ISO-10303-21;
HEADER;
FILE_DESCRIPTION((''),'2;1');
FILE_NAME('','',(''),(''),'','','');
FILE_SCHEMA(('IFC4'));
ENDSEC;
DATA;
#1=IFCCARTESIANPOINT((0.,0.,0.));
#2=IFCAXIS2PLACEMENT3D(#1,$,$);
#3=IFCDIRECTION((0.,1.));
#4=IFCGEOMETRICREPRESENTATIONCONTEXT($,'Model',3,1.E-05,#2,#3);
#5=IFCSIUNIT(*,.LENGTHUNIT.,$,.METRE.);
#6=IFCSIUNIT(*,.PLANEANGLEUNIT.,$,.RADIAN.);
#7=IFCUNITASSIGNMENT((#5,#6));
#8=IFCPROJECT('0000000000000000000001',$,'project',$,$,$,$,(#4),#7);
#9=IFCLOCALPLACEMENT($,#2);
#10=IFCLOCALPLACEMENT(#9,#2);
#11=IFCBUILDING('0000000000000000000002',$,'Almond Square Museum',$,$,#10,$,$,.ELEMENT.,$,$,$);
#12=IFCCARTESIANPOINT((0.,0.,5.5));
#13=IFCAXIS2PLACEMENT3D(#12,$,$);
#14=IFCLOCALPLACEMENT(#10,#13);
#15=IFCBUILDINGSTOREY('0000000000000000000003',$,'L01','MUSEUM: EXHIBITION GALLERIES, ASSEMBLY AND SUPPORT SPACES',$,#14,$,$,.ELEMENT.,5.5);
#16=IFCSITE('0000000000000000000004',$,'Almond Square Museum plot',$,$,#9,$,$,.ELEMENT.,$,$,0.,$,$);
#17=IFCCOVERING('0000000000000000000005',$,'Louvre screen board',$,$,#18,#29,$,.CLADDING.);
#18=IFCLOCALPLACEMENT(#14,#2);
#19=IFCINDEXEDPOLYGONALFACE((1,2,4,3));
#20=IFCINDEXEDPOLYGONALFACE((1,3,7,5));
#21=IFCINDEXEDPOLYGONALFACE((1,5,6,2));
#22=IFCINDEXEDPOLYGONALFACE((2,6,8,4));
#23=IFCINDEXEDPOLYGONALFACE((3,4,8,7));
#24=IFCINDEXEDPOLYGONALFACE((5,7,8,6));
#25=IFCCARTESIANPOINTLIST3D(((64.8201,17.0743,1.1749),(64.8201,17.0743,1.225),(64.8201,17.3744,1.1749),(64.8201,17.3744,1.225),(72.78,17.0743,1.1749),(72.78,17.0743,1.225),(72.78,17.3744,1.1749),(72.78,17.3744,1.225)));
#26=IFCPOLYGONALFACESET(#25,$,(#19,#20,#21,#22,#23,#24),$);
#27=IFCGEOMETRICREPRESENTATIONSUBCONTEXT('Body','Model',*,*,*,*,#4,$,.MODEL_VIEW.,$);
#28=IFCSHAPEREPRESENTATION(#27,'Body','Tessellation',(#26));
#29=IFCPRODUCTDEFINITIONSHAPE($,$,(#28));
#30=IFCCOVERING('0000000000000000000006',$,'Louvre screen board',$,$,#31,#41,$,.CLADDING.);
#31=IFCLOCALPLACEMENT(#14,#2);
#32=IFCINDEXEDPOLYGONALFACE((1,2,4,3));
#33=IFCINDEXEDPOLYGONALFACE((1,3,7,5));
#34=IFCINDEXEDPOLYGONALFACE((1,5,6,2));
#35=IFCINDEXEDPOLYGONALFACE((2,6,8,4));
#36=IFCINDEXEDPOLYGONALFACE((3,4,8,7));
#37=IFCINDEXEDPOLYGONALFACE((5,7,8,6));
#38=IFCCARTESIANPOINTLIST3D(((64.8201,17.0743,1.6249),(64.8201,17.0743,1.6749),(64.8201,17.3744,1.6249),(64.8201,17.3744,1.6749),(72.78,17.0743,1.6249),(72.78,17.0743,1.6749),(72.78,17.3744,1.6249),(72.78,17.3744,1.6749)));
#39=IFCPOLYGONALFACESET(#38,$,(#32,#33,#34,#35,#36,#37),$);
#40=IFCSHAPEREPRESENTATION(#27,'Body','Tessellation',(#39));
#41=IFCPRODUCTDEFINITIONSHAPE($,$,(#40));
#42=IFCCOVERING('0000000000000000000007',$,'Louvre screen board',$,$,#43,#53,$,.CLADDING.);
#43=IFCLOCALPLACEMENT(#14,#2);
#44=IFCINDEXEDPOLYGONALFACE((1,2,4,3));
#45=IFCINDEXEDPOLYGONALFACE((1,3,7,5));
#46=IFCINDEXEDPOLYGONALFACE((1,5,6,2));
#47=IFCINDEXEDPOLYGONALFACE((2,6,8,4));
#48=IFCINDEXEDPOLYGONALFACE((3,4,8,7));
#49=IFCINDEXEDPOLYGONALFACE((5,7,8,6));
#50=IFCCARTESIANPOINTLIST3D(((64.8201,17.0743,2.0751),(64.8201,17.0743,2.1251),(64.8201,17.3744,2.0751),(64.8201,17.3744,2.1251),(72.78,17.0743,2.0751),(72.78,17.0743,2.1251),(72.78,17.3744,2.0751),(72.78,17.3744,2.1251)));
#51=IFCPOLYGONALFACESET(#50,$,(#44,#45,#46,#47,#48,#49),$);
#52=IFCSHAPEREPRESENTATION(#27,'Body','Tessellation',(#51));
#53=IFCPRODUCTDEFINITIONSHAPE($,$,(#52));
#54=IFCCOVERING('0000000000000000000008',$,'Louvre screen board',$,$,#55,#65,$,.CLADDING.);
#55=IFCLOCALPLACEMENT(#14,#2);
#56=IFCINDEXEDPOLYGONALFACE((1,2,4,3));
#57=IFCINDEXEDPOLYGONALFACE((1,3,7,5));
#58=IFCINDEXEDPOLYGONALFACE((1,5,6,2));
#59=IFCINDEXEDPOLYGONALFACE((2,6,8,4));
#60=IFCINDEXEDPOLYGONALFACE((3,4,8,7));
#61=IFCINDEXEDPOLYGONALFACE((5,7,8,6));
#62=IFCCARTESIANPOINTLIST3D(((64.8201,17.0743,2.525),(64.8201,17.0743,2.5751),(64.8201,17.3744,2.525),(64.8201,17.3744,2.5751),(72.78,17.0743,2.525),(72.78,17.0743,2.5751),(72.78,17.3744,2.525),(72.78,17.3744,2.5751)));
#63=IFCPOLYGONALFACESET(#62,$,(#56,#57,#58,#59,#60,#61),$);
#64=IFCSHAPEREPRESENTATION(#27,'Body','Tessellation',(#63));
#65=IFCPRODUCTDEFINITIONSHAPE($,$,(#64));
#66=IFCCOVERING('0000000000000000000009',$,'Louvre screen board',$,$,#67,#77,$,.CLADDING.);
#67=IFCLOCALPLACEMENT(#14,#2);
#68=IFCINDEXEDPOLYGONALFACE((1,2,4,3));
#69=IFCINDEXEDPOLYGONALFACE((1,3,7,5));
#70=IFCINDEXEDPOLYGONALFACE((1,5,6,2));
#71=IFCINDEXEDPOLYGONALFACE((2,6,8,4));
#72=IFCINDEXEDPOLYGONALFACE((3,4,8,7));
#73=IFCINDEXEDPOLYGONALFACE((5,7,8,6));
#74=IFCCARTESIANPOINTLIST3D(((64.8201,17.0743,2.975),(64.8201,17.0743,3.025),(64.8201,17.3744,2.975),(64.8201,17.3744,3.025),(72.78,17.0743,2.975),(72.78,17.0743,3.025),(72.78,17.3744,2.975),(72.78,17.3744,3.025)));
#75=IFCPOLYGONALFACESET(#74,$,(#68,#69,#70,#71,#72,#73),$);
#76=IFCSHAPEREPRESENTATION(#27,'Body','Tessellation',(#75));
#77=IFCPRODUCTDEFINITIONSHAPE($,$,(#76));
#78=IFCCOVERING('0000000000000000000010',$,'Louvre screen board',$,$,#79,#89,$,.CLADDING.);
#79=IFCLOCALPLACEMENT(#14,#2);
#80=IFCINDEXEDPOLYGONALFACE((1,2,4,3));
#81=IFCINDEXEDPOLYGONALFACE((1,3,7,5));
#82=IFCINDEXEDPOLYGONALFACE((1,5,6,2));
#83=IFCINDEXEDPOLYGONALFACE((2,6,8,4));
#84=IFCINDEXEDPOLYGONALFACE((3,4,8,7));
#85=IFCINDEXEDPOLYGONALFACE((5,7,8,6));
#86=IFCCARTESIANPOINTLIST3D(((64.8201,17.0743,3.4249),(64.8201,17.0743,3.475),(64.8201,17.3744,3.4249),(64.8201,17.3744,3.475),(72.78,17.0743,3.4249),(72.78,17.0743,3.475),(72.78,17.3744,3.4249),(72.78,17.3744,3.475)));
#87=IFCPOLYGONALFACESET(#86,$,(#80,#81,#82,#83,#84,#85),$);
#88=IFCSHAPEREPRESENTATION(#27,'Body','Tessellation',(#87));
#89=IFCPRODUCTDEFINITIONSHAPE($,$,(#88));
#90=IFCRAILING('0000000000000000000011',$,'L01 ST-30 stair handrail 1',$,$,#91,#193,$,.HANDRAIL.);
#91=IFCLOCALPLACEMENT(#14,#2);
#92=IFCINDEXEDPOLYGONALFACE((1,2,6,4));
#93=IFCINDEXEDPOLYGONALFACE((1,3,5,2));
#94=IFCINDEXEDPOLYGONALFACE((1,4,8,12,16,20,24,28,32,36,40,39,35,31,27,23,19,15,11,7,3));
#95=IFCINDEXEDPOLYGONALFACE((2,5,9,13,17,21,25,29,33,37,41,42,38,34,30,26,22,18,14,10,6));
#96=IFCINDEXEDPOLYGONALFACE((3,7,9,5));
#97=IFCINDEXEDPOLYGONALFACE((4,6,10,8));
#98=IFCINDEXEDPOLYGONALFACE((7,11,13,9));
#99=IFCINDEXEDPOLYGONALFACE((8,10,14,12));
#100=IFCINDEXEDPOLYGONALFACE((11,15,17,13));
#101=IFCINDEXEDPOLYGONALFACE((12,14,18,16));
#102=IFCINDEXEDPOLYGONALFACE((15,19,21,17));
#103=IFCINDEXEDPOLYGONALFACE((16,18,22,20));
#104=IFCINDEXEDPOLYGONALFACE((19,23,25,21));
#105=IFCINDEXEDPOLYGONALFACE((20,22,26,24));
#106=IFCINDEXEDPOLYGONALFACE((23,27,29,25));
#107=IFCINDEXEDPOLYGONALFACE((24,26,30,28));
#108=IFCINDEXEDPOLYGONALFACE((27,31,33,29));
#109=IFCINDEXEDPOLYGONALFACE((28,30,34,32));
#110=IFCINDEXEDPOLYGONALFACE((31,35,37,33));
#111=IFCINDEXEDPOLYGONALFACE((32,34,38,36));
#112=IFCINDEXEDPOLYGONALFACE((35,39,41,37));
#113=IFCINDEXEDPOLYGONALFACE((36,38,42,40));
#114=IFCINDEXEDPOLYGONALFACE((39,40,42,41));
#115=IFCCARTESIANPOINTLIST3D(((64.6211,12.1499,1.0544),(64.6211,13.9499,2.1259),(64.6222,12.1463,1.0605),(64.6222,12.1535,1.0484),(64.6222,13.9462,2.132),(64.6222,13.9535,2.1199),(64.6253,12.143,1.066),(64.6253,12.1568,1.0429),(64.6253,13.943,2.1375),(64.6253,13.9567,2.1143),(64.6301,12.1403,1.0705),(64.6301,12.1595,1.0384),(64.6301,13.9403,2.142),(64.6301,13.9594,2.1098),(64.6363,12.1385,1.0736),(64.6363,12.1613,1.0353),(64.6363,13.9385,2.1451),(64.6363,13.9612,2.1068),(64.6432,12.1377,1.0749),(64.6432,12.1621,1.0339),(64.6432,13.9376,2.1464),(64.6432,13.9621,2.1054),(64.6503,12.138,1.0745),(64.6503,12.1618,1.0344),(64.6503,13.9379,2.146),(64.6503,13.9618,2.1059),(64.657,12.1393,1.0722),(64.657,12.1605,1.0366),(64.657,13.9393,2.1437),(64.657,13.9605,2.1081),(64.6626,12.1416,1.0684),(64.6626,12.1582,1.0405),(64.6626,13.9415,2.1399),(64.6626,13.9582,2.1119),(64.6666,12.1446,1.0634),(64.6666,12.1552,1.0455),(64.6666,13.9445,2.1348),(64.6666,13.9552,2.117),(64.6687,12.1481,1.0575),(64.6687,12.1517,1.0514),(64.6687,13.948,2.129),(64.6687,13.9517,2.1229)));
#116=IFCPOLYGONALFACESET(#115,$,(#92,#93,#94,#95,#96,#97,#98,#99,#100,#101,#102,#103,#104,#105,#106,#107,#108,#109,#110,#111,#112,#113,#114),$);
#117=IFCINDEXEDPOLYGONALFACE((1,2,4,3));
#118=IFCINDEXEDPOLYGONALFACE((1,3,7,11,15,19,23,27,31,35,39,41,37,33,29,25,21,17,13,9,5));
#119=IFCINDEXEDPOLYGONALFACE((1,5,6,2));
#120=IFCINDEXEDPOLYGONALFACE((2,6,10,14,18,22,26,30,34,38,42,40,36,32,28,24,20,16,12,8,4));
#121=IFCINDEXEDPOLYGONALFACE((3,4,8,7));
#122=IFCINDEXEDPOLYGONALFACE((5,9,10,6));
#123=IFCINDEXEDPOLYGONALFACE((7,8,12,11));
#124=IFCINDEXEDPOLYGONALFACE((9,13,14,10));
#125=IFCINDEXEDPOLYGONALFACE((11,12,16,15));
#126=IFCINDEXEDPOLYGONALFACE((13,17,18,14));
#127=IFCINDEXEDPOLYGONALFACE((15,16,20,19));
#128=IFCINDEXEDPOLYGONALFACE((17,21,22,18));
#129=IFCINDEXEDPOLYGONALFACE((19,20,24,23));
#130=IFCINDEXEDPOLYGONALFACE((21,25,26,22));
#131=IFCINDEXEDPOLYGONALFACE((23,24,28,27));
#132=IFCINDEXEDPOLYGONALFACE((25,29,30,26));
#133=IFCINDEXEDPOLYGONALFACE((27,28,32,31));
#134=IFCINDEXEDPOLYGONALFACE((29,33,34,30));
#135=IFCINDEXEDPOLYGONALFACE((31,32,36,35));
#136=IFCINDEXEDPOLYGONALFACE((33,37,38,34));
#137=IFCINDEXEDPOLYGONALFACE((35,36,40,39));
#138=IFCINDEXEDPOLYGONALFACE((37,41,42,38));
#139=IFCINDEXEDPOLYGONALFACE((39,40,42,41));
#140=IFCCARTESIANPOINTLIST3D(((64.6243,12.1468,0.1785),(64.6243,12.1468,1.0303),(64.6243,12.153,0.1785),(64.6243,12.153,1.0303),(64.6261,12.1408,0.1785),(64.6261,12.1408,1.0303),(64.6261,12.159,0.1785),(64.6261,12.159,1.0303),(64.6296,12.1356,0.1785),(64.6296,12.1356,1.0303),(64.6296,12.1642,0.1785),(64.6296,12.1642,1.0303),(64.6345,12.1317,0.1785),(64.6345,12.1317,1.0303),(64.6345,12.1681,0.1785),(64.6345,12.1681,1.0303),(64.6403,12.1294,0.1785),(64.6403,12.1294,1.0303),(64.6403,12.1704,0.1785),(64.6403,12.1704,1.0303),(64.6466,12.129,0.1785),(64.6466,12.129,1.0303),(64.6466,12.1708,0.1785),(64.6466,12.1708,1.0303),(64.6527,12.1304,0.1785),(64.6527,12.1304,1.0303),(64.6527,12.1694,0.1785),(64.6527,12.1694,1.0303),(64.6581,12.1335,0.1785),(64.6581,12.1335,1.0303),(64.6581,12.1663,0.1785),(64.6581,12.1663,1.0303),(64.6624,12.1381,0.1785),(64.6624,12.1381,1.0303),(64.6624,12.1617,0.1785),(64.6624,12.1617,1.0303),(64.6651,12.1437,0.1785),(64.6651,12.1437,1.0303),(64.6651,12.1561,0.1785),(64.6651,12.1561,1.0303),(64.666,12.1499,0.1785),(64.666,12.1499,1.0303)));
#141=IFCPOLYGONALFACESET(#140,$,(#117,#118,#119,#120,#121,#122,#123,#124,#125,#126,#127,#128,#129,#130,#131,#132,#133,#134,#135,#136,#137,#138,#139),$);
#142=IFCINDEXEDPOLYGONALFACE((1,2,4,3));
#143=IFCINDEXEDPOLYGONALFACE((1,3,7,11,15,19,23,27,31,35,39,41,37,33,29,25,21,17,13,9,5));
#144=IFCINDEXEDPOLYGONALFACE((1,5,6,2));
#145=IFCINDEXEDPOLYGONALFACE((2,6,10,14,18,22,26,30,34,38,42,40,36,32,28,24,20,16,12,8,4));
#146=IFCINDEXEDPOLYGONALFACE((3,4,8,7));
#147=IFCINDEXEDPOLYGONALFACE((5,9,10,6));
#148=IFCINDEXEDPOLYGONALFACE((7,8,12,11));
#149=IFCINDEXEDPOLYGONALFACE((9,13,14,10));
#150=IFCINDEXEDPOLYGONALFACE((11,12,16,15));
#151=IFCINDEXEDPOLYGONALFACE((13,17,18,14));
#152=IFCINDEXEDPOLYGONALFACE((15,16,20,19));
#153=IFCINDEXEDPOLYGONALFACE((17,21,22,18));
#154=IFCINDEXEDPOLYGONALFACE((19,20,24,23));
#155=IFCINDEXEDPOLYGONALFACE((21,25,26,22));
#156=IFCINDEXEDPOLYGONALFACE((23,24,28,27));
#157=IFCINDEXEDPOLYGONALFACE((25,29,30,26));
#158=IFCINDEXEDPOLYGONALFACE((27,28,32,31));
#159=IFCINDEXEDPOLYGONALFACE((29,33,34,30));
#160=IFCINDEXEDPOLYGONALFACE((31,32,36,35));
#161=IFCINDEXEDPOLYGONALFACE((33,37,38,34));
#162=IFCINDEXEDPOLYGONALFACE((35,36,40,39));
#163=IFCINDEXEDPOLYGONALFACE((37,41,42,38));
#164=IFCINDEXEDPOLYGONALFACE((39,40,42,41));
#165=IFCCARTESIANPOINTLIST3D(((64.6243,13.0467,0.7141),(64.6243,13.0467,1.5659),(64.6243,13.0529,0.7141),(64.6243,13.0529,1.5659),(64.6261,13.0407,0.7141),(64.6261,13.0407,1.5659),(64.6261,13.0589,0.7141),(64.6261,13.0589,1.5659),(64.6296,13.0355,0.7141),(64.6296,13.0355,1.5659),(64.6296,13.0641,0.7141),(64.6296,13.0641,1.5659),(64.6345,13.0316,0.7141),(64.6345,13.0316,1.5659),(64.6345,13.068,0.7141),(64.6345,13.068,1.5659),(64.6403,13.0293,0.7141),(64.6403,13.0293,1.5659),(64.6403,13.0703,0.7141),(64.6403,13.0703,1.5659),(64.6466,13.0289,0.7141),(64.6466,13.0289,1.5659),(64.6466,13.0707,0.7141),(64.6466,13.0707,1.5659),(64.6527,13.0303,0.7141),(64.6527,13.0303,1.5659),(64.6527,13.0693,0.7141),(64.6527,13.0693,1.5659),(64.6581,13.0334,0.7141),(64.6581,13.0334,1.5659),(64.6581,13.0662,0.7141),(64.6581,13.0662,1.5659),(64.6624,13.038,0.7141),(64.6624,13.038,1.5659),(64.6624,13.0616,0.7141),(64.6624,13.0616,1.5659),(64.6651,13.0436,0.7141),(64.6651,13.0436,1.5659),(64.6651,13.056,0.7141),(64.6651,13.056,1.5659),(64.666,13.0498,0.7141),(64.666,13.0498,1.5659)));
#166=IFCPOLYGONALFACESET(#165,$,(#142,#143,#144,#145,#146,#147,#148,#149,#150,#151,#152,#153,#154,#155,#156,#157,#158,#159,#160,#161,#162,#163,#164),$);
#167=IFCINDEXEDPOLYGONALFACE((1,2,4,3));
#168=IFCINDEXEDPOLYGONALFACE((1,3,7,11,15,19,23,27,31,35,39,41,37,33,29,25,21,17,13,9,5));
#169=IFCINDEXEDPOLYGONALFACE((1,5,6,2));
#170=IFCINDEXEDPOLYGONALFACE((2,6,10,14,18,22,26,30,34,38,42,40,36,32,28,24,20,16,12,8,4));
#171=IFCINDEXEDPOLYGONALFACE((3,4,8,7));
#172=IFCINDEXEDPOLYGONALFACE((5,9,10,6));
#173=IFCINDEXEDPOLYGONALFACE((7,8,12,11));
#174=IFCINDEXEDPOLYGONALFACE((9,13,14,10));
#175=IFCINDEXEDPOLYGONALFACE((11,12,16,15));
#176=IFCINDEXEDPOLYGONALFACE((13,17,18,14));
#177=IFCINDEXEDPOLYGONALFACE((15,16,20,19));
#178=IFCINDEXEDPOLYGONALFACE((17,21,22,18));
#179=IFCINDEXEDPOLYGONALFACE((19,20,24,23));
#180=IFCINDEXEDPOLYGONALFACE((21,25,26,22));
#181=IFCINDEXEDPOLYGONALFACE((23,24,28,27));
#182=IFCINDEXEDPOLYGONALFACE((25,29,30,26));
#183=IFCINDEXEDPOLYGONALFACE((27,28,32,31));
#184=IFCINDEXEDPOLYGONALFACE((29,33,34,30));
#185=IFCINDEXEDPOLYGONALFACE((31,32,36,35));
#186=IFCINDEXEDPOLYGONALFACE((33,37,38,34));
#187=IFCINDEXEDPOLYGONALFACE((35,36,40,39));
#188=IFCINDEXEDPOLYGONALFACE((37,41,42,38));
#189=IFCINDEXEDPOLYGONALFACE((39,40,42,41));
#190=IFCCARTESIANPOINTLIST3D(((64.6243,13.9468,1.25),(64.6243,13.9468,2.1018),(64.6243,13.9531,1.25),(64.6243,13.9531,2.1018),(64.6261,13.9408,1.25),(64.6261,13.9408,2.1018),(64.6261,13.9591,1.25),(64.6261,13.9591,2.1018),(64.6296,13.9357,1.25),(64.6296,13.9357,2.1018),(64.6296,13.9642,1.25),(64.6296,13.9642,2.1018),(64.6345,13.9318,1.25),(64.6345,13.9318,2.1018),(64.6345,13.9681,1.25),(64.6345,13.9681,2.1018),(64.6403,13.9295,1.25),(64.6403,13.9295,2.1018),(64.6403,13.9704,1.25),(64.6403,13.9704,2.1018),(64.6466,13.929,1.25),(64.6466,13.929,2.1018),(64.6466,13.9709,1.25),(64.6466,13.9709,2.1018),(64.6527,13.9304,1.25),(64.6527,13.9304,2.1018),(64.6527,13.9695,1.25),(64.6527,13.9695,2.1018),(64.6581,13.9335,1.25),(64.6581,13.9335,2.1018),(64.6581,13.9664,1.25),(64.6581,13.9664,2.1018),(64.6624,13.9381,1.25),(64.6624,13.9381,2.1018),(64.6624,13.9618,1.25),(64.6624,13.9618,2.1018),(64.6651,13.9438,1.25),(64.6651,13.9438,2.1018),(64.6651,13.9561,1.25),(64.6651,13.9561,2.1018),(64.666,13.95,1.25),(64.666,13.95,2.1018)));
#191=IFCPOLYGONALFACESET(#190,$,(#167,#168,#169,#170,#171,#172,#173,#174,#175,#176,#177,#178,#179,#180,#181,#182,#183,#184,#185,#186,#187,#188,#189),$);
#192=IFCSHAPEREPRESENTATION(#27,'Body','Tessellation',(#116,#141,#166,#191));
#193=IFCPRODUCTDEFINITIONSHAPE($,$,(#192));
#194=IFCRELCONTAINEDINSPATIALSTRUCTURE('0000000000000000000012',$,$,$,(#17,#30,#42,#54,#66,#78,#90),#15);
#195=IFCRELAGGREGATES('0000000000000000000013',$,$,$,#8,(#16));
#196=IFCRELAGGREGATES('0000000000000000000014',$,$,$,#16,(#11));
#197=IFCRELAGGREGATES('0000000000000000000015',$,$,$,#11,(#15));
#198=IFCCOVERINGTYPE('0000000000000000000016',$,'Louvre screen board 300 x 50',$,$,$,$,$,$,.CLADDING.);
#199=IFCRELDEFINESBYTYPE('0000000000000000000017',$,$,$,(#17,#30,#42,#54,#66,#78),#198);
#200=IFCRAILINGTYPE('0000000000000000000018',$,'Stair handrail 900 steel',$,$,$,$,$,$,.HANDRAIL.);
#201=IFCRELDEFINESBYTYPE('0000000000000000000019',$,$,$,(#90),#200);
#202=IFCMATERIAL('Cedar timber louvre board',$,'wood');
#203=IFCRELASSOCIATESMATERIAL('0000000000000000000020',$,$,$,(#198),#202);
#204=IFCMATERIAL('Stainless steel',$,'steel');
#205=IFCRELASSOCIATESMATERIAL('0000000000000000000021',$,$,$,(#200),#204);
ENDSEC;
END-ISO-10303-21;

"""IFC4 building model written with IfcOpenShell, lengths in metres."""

from ifc_helpers import new_model, si_unit, direction, frame, origin, origin_2d, place, context, subcontext, project, spatial, rectangle, circle, extrude, material, material_profile, profile_set, type_object, element, save


model = new_model("IFC4")

# Units and contexts
model_context = context("Model", 3, precision=1e-05, world=origin(), true_north=direction((0.0, 1.0)))
body_context = subcontext(model_context, "Body", "Model", "MODEL_VIEW")
ifc_project = project(units=[si_unit("LENGTHUNIT", "METRE"), si_unit("PLANEANGLEUNIT", "RADIAN")], contexts=[model_context])

# Site, building, storey
site_placement = place(None, origin())
site = spatial("IfcSite", under=ifc_project, at=site_placement, Name="Almond Square Museum plot", CompositionType="ELEMENT", RefElevation=0.0)
building_placement = place(site_placement, origin())
building = spatial("IfcBuilding", under=site, at=building_placement, Name="Almond Square Museum", CompositionType="ELEMENT")
storey_placement = place(building_placement, frame((0.0, 0.0, 5.5)))
storey = spatial("IfcBuildingStorey", under=building, at=storey_placement, Name="L01", Description="MUSEUM: EXHIBITION GALLERIES, ASSEMBLY AND SUPPORT SPACES", CompositionType="ELEMENT", Elevation=5.5)

# Coverings
ifc_material_1 = material(Name="Cedar timber louvre board", Category="wood")
ifc_material_profile_1 = material_profile(ifc_material_1, rectangle(XDim=0.3, YDim=0.05, at=origin_2d()))
ifc_profile_set_1 = profile_set([ifc_material_profile_1], Name="Cedar timber louvre board")
covering_type = type_object("IfcCoveringType", Name="Louvre screen board 300 x 50", PredefinedType="CLADDING", material=ifc_profile_set_1)
for number, where, z_axis, x_axis, name in (
    (1, (64.8201, 17.2244, 1.2), (1.0, 0.0, 0.0), (0.0, 1.0, 0.0), "Louvre screen board"),
    (2, (64.8201, 17.2244, 1.6499), (1.0, 0.0, 0.0), (0.0, 1.0, 0.0), "Louvre screen board"),
    (3, (64.8201, 17.2244, 2.1001), (1.0, 0.0, 0.0), (0.0, 1.0, 0.0), "Louvre screen board"),
    (4, (64.8201, 17.2244, 2.55), (1.0, 0.0, 0.0), (0.0, 1.0, 0.0), "Louvre screen board"),
    (5, (64.8201, 17.2244, 3.0), (1.0, 0.0, 0.0), (0.0, 1.0, 0.0), "Louvre screen board"),
    (6, (64.8201, 17.2244, 3.45), (1.0, 0.0, 0.0), (0.0, 1.0, 0.0), "Louvre screen board"),
):
    element("IfcCovering", number, at=place(storey_placement, frame(where, z_axis=z_axis, x_axis=x_axis)), inside=storey, type_object=covering_type, Name=name, PredefinedType="CLADDING", context=body_context, shape_type="SweptSolid", body=[
        extrude(rectangle(XDim=0.3, YDim=0.05, at=origin_2d()), origin(), (0.0, 0.0, 1.0), 7.96),
    ])

# Railing
ifc_material_2 = material(Name="Stainless steel", Category="steel")
railing_type = type_object("IfcRailingType", Name="Stair handrail 900 steel", PredefinedType="HANDRAIL", material=ifc_material_2)
for number, where, name in (
    (7, (64.645, 12.1499, 0.1785), "L01 ST-30 stair handrail 1"),
):
    element("IfcRailing", number, at=place(storey_placement, frame(where)), inside=storey, type_object=railing_type, Name=name, PredefinedType="HANDRAIL", context=body_context, shape_type="SweptSolid", body=[
        extrude(circle(Radius=0.0239, at=origin_2d()), frame((0.0, 0.0, 0.876), z_axis=(0.0, 0.859277, 0.51151), x_axis=(-1.0, 0.0, 0.0)), (0.0, 0.0, 1.0), 2.0947),
        extrude(circle(Radius=0.021, at=origin_2d()), origin(), (0.0, 0.0, 1.0), 0.8518),
        extrude(circle(Radius=0.021, at=origin_2d()), frame((0.0, 0.8999, 0.5356)), (0.0, 0.0, 1.0), 0.8518),
        extrude(circle(Radius=0.021, at=origin_2d()), frame((0.0, 1.8, 1.0715)), (0.0, 0.0, 1.0), 0.8518),
    ])

save(model, "model.ifc")
